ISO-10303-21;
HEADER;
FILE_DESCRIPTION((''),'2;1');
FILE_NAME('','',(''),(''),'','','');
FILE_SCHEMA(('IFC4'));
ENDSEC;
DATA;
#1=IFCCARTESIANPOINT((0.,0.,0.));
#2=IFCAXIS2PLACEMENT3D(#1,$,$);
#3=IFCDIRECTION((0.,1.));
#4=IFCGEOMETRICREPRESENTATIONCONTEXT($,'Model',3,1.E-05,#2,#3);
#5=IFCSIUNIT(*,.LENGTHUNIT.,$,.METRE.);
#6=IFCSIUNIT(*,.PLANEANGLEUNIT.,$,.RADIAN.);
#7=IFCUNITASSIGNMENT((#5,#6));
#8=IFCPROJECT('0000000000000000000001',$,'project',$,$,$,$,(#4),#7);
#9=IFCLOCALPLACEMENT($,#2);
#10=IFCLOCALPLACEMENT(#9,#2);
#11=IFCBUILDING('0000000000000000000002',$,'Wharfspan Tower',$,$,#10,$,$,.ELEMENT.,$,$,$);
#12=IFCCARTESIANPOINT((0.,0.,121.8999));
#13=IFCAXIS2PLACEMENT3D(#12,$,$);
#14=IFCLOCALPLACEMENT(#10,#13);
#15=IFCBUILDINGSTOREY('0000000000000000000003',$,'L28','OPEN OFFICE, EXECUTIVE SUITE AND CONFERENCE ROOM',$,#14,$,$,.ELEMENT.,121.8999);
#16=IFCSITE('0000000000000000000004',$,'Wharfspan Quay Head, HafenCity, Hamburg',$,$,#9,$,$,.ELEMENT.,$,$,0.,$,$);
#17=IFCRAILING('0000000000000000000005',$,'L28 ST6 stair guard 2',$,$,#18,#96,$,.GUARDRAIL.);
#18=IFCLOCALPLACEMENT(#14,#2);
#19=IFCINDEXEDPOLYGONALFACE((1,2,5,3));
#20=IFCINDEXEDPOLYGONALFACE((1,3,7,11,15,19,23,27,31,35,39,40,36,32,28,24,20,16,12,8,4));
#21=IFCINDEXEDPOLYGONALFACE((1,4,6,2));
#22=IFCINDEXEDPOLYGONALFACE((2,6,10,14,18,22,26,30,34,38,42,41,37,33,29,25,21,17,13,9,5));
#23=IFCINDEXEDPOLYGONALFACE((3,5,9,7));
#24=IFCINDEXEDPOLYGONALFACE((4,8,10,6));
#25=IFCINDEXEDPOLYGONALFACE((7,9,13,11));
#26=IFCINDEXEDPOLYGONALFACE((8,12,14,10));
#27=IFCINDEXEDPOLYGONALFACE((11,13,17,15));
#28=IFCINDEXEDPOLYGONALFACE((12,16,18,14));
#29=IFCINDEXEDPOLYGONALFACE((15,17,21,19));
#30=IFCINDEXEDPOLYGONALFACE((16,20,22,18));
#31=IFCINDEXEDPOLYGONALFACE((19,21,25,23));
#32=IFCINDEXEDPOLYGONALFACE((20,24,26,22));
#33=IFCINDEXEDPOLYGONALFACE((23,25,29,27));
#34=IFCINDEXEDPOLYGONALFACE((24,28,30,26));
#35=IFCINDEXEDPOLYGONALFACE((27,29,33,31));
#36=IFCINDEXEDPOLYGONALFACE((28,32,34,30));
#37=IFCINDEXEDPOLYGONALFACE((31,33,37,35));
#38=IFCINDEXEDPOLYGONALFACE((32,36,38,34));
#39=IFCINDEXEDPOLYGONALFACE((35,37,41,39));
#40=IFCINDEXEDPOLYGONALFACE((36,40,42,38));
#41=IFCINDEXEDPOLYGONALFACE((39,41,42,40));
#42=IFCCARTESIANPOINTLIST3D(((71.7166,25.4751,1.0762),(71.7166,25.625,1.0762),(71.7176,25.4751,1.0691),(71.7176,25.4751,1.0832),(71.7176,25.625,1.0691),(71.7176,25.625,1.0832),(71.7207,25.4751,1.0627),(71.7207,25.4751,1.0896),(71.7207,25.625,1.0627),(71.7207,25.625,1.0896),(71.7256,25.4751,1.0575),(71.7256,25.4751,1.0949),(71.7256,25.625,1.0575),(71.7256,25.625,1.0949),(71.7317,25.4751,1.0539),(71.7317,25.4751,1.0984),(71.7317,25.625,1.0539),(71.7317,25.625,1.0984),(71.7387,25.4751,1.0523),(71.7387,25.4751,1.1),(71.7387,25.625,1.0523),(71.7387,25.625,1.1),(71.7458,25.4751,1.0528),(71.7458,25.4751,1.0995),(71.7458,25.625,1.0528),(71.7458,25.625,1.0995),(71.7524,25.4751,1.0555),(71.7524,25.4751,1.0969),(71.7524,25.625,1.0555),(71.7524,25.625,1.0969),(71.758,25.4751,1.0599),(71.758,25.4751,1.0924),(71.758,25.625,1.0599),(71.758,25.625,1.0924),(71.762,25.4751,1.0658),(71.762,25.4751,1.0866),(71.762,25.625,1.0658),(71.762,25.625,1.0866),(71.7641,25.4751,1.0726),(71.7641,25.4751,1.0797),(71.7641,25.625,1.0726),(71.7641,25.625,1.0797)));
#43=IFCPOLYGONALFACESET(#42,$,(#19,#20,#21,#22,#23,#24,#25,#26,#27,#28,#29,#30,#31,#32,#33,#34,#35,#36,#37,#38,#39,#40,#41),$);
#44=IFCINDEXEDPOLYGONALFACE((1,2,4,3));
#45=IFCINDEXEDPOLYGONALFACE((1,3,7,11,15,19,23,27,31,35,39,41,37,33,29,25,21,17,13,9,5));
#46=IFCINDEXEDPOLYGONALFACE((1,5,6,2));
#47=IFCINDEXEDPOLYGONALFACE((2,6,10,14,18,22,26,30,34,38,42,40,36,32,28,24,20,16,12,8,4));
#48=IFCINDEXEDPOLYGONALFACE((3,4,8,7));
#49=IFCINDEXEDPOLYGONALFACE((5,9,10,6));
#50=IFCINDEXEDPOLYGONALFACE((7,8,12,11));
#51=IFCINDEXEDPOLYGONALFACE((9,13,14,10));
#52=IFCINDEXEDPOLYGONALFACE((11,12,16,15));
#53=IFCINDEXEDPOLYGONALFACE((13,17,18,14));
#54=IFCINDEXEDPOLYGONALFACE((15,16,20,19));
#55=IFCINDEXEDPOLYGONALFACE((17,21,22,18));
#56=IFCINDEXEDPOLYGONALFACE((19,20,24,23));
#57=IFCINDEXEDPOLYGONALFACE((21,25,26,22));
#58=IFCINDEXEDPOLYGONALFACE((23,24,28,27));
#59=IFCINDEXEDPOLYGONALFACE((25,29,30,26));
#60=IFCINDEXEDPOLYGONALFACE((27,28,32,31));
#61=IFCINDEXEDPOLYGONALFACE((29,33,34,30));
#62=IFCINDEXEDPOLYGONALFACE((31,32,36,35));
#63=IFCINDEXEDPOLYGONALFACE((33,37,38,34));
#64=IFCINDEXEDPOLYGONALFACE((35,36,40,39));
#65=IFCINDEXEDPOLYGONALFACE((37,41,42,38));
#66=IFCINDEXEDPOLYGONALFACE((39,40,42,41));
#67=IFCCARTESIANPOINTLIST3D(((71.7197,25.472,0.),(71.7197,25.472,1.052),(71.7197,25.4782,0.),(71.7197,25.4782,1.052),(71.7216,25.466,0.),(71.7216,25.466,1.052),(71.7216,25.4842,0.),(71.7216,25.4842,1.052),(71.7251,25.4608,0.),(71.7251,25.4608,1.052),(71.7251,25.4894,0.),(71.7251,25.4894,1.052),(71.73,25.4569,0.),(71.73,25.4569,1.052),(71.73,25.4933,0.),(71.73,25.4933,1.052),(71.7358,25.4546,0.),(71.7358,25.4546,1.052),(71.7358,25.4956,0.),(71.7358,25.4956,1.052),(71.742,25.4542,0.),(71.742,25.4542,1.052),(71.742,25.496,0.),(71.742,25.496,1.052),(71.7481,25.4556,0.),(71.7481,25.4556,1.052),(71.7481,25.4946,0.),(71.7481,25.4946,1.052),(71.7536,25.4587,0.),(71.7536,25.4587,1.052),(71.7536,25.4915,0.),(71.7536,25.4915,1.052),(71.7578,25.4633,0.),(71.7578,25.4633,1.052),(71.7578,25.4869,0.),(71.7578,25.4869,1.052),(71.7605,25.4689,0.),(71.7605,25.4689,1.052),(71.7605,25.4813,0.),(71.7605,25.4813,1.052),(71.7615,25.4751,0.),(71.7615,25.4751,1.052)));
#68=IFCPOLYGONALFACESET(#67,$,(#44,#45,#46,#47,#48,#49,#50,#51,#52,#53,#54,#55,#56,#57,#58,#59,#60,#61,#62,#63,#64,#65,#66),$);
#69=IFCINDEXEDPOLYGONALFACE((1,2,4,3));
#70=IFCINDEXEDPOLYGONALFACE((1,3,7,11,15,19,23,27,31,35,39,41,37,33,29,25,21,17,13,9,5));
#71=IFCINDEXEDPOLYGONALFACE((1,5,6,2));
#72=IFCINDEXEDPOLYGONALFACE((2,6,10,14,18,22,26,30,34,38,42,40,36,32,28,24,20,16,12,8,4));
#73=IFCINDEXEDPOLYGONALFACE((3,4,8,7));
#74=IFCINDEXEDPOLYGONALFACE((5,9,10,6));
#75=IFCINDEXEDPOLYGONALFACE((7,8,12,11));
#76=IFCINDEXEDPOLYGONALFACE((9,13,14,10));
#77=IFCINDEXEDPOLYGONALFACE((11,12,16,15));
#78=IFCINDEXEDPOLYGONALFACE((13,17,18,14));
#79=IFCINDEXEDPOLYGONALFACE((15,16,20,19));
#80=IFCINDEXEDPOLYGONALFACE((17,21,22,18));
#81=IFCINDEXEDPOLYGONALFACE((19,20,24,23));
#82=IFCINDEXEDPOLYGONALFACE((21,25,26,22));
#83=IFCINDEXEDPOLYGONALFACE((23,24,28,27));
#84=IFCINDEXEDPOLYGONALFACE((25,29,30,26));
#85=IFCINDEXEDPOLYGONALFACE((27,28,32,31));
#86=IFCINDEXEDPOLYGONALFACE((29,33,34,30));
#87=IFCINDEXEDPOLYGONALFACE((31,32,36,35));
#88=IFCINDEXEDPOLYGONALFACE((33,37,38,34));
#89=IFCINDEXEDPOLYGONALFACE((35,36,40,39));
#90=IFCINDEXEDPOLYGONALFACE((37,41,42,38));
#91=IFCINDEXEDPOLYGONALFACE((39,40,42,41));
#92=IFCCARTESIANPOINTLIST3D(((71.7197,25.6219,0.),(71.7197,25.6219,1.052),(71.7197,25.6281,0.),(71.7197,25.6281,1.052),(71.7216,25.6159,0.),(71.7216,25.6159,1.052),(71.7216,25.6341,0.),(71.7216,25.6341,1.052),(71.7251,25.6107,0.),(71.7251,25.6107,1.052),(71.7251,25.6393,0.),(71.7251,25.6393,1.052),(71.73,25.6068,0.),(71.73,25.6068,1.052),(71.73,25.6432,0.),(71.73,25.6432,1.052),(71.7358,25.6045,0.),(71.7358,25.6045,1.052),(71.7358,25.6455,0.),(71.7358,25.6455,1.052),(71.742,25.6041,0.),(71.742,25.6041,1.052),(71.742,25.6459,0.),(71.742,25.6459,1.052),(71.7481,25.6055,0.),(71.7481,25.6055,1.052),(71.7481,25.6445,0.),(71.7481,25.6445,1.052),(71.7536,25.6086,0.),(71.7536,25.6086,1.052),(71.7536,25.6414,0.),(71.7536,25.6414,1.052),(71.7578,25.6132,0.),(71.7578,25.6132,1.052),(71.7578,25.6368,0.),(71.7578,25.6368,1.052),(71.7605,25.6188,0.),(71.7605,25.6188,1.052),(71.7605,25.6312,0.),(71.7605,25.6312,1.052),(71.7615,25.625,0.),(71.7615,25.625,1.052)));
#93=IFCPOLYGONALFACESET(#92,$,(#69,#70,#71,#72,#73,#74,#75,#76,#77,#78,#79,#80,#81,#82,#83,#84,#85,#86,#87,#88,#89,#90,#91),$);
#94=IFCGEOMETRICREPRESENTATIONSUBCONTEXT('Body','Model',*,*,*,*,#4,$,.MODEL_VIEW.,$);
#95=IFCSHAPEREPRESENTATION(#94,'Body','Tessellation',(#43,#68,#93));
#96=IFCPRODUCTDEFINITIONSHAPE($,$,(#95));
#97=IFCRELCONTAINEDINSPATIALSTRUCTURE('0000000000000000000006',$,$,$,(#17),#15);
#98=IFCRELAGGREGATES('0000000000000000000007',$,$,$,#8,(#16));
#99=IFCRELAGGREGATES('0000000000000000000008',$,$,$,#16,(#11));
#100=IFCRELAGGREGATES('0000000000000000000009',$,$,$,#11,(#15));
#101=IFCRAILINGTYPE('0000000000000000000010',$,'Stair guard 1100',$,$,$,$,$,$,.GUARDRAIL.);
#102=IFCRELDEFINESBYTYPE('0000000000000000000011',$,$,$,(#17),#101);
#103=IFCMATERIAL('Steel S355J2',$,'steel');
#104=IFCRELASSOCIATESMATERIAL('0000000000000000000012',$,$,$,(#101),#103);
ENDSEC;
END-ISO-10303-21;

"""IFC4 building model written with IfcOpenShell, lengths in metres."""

from ifc_helpers import new_model, si_unit, direction, frame, origin, origin_2d, place, context, subcontext, project, spatial, circle, extrude, material, type_object, element, save


model = new_model("IFC4")

# Units and contexts
model_context = context("Model", 3, precision=1e-05, world=origin(), true_north=direction((0.0, 1.0)))
body_context = subcontext(model_context, "Body", "Model", "MODEL_VIEW")
ifc_project = project(units=[si_unit("LENGTHUNIT", "METRE"), si_unit("PLANEANGLEUNIT", "RADIAN")], contexts=[model_context])

# Site, building, storey
site_placement = place(None, origin())
site = spatial("IfcSite", under=ifc_project, at=site_placement, Name="Wharfspan Quay Head, HafenCity, Hamburg", CompositionType="ELEMENT", RefElevation=0.0)
building_placement = place(site_placement, origin())
building = spatial("IfcBuilding", under=site, at=building_placement, Name="Wharfspan Tower", CompositionType="ELEMENT")
storey_placement = place(building_placement, frame((0.0, 0.0, 121.8999)))
storey = spatial("IfcBuildingStorey", under=building, at=storey_placement, Name="L28", Description="OPEN OFFICE, EXECUTIVE SUITE AND CONFERENCE ROOM", CompositionType="ELEMENT", Elevation=121.8999)

# Shared definitions
ifc_material_1 = material(Name="Steel S355J2", Category="steel")

# Railing
railing_type_1 = type_object("IfcRailingType", Name="Stair guard 1100", PredefinedType="GUARDRAIL", material=ifc_material_1)
railing_1_placement = place(storey_placement, frame((71.7405, 25.4751, 0.0)))
element("IfcRailing", 1, at=railing_1_placement, inside=storey, type_object=railing_type_1, Name="L28 ST6 stair guard 2", PredefinedType="GUARDRAIL", context=body_context, shape_type="SweptSolid", body=[
    extrude(circle(Radius=0.0239, at=origin_2d()), frame((0.0, 0.0, 1.0762), z_axis=(0.0, 1.0, 0.0), x_axis=(-1.0, 0.0, 0.0)), (0.0, 0.0, 1.0), 0.1499),
    extrude(circle(Radius=0.021, at=origin_2d()), origin(), (0.0, 0.0, 1.0), 1.052),
    extrude(circle(Radius=0.021, at=origin_2d()), frame((0.0, 0.1499, 0.0)), (0.0, 0.0, 1.0), 1.052),
])

save(model, "model.ifc")
